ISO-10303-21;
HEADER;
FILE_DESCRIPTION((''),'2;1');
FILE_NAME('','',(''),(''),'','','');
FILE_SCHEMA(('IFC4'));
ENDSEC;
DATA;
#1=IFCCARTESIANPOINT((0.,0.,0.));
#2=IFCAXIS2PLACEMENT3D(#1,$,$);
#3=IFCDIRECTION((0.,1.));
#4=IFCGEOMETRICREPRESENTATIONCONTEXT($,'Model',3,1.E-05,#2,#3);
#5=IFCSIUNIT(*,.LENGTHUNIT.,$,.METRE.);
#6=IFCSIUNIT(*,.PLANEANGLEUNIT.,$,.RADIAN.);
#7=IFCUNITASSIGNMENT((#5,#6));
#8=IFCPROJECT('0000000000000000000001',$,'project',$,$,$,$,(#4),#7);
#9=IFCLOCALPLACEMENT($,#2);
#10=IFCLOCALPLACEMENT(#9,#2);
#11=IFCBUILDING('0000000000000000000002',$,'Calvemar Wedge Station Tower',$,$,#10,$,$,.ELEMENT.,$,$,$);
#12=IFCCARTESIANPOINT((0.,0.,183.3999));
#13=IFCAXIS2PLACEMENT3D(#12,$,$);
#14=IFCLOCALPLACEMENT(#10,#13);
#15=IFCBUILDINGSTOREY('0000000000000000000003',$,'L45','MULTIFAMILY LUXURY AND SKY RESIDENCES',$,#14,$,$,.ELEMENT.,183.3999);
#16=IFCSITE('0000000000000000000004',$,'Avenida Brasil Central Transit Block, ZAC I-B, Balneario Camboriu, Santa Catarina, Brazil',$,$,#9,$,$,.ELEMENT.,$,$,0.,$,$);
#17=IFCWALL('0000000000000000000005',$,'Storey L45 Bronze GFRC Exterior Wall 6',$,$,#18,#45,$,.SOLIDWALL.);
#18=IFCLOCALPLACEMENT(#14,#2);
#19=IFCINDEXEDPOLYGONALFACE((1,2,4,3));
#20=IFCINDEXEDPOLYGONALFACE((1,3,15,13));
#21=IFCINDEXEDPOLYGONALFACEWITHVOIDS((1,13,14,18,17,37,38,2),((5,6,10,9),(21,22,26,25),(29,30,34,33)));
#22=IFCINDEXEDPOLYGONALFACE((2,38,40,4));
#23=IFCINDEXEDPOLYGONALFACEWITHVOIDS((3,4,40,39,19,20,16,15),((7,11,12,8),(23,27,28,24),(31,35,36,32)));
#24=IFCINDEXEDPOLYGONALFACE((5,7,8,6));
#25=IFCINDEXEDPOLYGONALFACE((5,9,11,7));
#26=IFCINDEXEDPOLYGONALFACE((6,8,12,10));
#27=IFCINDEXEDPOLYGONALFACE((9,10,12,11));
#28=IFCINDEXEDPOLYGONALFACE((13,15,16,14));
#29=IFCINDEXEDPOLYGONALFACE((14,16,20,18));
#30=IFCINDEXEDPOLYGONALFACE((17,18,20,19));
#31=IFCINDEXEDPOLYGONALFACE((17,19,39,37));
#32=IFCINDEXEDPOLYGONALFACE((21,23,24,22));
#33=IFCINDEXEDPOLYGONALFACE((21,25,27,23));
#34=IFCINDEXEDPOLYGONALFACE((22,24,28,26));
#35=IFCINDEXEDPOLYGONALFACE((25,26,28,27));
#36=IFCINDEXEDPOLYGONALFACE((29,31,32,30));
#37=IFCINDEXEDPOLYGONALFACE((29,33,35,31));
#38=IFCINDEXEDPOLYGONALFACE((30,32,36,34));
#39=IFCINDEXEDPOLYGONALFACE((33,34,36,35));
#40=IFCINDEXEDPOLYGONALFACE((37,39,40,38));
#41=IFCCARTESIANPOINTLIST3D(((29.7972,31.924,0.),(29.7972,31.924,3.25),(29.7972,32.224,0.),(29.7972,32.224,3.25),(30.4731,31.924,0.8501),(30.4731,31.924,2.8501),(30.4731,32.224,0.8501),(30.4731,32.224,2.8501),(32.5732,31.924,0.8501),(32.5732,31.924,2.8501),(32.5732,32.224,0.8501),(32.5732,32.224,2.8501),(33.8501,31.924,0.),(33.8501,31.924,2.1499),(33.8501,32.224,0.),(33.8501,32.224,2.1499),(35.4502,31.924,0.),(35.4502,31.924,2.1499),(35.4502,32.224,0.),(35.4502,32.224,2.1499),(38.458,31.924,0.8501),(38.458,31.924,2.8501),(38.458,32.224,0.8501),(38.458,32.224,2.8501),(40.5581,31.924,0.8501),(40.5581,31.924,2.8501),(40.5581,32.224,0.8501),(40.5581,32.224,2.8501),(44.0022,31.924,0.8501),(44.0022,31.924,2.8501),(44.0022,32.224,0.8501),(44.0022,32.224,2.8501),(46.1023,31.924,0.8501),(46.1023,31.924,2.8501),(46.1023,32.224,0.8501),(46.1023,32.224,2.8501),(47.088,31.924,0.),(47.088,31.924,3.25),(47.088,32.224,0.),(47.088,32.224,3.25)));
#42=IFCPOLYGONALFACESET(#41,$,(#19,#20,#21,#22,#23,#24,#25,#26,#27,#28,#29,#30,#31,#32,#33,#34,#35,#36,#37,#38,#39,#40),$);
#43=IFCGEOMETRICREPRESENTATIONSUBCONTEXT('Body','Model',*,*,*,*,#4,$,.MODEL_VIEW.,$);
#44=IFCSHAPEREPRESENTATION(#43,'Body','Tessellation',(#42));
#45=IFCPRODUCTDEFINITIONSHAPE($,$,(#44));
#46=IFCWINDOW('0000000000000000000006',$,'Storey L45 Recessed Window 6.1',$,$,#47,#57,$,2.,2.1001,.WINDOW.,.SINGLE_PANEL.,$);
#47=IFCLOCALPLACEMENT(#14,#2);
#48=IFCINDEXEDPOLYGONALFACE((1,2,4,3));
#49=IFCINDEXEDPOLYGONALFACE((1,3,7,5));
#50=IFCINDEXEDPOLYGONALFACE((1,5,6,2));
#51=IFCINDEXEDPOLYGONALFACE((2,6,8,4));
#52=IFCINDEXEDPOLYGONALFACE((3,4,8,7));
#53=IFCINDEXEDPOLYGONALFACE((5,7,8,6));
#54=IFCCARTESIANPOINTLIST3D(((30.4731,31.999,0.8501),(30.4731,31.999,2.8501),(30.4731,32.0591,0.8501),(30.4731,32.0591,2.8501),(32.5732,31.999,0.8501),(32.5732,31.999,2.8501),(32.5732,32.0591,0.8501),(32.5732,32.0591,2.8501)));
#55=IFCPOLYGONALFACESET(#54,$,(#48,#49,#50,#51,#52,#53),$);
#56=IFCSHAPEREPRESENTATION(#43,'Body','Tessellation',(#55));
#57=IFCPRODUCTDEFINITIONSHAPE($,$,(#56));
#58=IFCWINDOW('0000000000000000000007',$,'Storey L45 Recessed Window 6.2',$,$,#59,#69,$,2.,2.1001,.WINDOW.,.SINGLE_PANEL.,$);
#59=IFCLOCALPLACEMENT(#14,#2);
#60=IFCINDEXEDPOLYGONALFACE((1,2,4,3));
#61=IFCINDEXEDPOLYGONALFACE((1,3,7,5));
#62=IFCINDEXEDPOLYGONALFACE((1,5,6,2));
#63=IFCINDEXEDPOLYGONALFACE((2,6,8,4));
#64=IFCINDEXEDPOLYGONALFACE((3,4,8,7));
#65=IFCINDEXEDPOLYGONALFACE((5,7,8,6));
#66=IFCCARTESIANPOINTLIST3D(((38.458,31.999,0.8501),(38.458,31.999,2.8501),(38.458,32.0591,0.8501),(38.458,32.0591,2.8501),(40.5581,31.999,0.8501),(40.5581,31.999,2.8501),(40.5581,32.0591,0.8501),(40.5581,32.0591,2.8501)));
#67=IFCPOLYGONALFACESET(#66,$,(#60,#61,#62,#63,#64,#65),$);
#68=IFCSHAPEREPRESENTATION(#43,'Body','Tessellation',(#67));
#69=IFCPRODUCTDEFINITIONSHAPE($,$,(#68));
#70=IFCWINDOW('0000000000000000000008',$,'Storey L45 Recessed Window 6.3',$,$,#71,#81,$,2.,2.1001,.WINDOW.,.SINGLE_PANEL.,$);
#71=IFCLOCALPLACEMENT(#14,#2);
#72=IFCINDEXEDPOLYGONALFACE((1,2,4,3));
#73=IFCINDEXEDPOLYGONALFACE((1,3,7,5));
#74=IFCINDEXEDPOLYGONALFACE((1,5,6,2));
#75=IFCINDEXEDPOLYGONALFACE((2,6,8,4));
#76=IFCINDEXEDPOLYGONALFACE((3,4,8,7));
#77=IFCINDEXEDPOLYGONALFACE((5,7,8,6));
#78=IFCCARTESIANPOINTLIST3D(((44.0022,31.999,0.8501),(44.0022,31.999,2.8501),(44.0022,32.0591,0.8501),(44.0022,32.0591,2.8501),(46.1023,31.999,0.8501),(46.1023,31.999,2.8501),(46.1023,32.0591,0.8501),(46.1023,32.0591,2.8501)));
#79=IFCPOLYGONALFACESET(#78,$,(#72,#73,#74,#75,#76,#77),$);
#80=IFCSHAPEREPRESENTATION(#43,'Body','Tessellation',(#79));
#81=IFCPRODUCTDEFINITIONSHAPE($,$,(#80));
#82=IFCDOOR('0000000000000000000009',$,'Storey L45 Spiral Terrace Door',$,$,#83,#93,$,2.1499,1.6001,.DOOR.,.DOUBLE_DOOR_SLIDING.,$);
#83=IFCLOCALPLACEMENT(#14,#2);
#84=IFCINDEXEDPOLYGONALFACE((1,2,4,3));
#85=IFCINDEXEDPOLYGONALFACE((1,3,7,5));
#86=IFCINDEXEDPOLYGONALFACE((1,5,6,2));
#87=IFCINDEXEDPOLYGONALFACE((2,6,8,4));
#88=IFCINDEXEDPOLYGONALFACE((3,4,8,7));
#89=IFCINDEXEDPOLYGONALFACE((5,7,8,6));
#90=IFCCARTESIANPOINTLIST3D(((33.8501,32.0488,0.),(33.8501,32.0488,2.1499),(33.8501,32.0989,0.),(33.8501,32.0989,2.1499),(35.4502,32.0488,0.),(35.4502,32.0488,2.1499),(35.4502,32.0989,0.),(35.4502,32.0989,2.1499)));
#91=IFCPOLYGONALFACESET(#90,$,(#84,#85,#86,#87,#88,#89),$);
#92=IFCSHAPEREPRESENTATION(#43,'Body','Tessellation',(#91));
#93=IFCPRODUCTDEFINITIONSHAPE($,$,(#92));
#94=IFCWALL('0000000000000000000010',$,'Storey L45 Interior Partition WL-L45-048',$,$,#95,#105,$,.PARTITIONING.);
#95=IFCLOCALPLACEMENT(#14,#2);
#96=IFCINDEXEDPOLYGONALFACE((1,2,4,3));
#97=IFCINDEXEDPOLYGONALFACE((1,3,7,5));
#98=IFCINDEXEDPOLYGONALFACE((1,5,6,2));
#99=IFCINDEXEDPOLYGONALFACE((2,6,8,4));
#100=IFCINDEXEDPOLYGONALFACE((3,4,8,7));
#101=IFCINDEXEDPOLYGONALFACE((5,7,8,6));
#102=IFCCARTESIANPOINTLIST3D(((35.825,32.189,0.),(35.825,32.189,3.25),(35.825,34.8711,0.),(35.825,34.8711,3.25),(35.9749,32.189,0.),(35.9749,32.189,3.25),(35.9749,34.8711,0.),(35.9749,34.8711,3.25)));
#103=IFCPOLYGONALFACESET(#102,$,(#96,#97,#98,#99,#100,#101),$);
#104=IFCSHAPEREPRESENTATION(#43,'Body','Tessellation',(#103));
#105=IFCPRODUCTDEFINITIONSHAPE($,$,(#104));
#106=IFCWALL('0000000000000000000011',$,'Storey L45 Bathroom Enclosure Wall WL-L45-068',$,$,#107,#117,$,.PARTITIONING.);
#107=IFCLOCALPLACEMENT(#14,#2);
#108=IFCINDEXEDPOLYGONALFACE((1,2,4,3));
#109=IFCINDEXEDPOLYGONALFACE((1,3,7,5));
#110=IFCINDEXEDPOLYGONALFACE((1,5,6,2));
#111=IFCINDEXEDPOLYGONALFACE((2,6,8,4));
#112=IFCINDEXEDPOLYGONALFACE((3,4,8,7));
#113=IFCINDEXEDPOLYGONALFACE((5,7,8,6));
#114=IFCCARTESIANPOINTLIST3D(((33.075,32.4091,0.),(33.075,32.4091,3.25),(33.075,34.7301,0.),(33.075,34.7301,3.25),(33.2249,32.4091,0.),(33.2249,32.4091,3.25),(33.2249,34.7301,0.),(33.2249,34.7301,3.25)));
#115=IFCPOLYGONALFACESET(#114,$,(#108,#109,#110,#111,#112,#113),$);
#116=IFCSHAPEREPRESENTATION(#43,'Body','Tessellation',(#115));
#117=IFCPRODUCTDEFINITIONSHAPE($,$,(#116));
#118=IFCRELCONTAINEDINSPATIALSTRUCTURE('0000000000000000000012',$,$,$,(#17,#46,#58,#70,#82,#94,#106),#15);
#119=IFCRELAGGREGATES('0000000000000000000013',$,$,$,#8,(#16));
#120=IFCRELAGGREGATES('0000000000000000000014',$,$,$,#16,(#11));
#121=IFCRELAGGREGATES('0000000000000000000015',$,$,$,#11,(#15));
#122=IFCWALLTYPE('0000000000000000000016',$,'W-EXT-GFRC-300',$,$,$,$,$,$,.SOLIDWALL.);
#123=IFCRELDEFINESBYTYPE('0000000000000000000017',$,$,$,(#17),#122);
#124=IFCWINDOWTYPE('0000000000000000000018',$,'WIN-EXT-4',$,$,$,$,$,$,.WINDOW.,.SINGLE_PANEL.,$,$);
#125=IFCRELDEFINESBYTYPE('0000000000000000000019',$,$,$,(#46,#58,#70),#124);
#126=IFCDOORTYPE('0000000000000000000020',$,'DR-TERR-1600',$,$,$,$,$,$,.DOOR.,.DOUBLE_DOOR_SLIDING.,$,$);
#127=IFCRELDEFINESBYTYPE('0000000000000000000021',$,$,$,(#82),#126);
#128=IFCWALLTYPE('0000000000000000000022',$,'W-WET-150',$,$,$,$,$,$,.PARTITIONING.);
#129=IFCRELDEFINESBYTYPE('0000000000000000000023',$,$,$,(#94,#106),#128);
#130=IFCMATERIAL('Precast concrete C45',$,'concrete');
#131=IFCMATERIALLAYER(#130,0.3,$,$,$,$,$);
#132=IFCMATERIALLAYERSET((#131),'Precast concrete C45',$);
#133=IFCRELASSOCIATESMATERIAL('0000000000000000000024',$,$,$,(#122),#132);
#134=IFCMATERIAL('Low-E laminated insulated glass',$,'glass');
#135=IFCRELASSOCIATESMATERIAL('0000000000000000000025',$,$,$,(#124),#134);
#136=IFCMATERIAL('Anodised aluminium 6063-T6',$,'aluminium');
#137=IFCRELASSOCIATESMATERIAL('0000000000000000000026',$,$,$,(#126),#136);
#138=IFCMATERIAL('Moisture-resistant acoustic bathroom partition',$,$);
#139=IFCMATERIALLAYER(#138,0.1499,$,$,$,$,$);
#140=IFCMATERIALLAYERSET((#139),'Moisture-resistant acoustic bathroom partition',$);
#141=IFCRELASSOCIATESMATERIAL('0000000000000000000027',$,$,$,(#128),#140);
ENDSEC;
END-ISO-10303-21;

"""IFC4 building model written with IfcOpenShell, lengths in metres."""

from ifc_helpers import new_model, si_unit, direction, frame, frame_2d, origin, place, context, subcontext, project, spatial, rectangle, extrude, source, transform, mapped, material, layer, layer_set, type_object, element, fill, save


model = new_model("IFC4")

# Units and contexts
model_context = context("Model", 3, precision=1e-05, world=origin(), true_north=direction((0.0, 1.0)))
body_context = subcontext(model_context, "Body", "Model", "MODEL_VIEW")
ifc_project = project(units=[si_unit("LENGTHUNIT", "METRE"), si_unit("PLANEANGLEUNIT", "RADIAN")], contexts=[model_context])

# Site, building, storey
site_placement = place(None, origin())
site = spatial("IfcSite", under=ifc_project, at=site_placement, Name="Avenida Brasil Central Transit Block, ZAC I-B, Balneario Camboriu, Santa Catarina, Brazil", CompositionType="ELEMENT", RefElevation=0.0)
building_placement = place(site_placement, origin())
building = spatial("IfcBuilding", under=site, at=building_placement, Name="Calvemar Wedge Station Tower", CompositionType="ELEMENT")
storey_placement = place(building_placement, frame((0.0, 0.0, 183.3999)))
storey = spatial("IfcBuildingStorey", under=building, at=storey_placement, Name="L45", Description="MULTIFAMILY LUXURY AND SKY RESIDENCES", CompositionType="ELEMENT", Elevation=183.3999)

# Shared definitions
ifc_material_1 = material(Name="Anodised aluminium 6063-T6", Category="aluminium")
ifc_material_2 = material(Name="Low-E laminated insulated glass", Category="glass")

# Shared definitions
ifc_material_3 = material(Name="Precast concrete C45", Category="concrete")
ifc_layer_1 = layer(ifc_material_3, 0.3)
ifc_layer_set_1 = layer_set([ifc_layer_1], Name="Precast concrete C45")
wall_type_1 = type_object("IfcWallType", Name="W-EXT-GFRC-300", PredefinedType="SOLIDWALL", material=ifc_layer_set_1)

# Wall, openings, windows, door
wall_1_placement = place(storey_placement, frame((29.7971, 32.074, 0.0), z_axis=(0.0, 0.0, 1.0), x_axis=(1.0, 0.0, 0.0)))
wall_1 = element("IfcWall", 1, at=wall_1_placement, inside=storey, type_object=wall_type_1, Name="Storey L45 Bronze GFRC Exterior Wall 6", PredefinedType="SOLIDWALL", context=body_context, shape_type="SweptSolid", body=[
    extrude(rectangle(XDim=17.2908, YDim=0.3, at=frame_2d((8.6455, 0.0))), origin(), (0.0, 0.0, 1.0), 3.25),
])
shared_shape_1 = source(origin(), body_context, "Body", "SweptSolid", [
    extrude(rectangle(XDim=1.6001, YDim=2.1499, at=frame_2d((0.8, 1.075))), frame((0.0, 0.1602, 0.0), z_axis=(0.0, -1.0, 0.0), x_axis=(1.0, 0.0, 0.0)), (0.0, 0.0, 1.0), 0.3201),
])
opening_1_placement = place(wall_1_placement, frame((4.053, 0.0, 0.0)))
opening_1 = element("IfcOpeningElement", 2, at=opening_1_placement, cuts=wall_1, PredefinedType="OPENING", context=body_context, shape_type="MappedRepresentation", body=[
    mapped(shared_shape_1, transform((0.0, 0.0, 0.0), scale=1.0)),
])
shared_shape_2 = source(origin(), body_context, "Body", "SweptSolid", [
    extrude(rectangle(XDim=2.1001, YDim=2.0, at=frame_2d((1.05, 1.0))), frame((0.0, 0.1602, 0.0), z_axis=(0.0, -1.0, 0.0), x_axis=(1.0, 0.0, 0.0)), (0.0, 0.0, 1.0), 0.3201),
])
opening_2_placement = place(wall_1_placement, frame((0.676, 0.0, 0.8501)))
opening_2 = element("IfcOpeningElement", 3, at=opening_2_placement, cuts=wall_1, PredefinedType="OPENING", context=body_context, shape_type="MappedRepresentation", body=[
    mapped(shared_shape_2, transform((0.0, 0.0, 0.0), scale=1.0)),
])
opening_3_placement = place(wall_1_placement, frame((8.6609, 0.0, 0.8501)))
opening_3 = element("IfcOpeningElement", 4, at=opening_3_placement, cuts=wall_1, PredefinedType="OPENING", context=body_context, shape_type="MappedRepresentation", body=[
    mapped(shared_shape_2, transform((0.0, 0.0, 0.0), scale=1.0)),
])
opening_4_placement = place(wall_1_placement, frame((14.2051, 0.0, 0.8501)))
opening_4 = element("IfcOpeningElement", 5, at=opening_4_placement, cuts=wall_1, PredefinedType="OPENING", context=body_context, shape_type="MappedRepresentation", body=[
    mapped(shared_shape_2, transform((0.0, 0.0, 0.0), scale=1.0)),
])
window_type_1 = type_object("IfcWindowType", Name="WIN-EXT-4", PartitioningType="SINGLE_PANEL", PredefinedType="WINDOW", material=ifc_material_2)
shared_shape_3 = source(origin(), body_context, "Body", "SweptSolid", [
    extrude(rectangle(XDim=2.1001, YDim=2.0, at=frame_2d((1.05, 1.0))), frame((0.0, -0.0149, 0.0), z_axis=(0.0, -1.0, 0.0), x_axis=(1.0, 0.0, 0.0)), (0.0, 0.0, 1.0), 0.0601),
])
window_1_placement = place(opening_2_placement, origin())
window_1 = element("IfcWindow", 6, at=window_1_placement, inside=storey, type_object=window_type_1, Name="Storey L45 Recessed Window 6.1", OverallHeight=2.0, OverallWidth=2.1001, PartitioningType="SINGLE_PANEL", PredefinedType="WINDOW", context=body_context, shape_type="MappedRepresentation", body=[
    mapped(shared_shape_3, transform((0.0, 0.0, 0.0), scale=1.0)),
])
fill(opening_2, window_1)
window_2_placement = place(opening_3_placement, origin())
window_2 = element("IfcWindow", 7, at=window_2_placement, inside=storey, type_object=window_type_1, Name="Storey L45 Recessed Window 6.2", OverallHeight=2.0, OverallWidth=2.1001, PartitioningType="SINGLE_PANEL", PredefinedType="WINDOW", context=body_context, shape_type="MappedRepresentation", body=[
    mapped(shared_shape_3, transform((0.0, 0.0, 0.0), scale=1.0)),
])
fill(opening_3, window_2)
window_3_placement = place(opening_4_placement, origin())
window_3 = element("IfcWindow", 8, at=window_3_placement, inside=storey, type_object=window_type_1, Name="Storey L45 Recessed Window 6.3", OverallHeight=2.0, OverallWidth=2.1001, PartitioningType="SINGLE_PANEL", PredefinedType="WINDOW", context=body_context, shape_type="MappedRepresentation", body=[
    mapped(shared_shape_3, transform((0.0, 0.0, 0.0), scale=1.0)),
])
fill(opening_4, window_3)
door_type_1 = type_object("IfcDoorType", Name="DR-TERR-1600", OperationType="DOUBLE_DOOR_SLIDING", PredefinedType="DOOR", material=ifc_material_1)
shared_shape_4 = source(origin(), body_context, "Body", "SweptSolid", [
    extrude(rectangle(XDim=1.6001, YDim=2.1499, at=frame_2d((0.8, 1.075))), frame((0.0, 0.0249, 0.0), z_axis=(0.0, -1.0, 0.0), x_axis=(1.0, 0.0, 0.0)), (0.0, 0.0, 1.0), 0.05),
])
door_1_placement = place(opening_1_placement, origin())
door_1 = element("IfcDoor", 9, at=door_1_placement, inside=storey, type_object=door_type_1, Name="Storey L45 Spiral Terrace Door", OperationType="DOUBLE_DOOR_SLIDING", OverallHeight=2.1499, OverallWidth=1.6001, PredefinedType="DOOR", context=body_context, shape_type="MappedRepresentation", body=[
    mapped(shared_shape_4, transform((0.0, 0.0, 0.0), scale=1.0)),
])
fill(opening_1, door_1)

# Walls
ifc_material_4 = material(Name="Moisture-resistant acoustic bathroom partition")
ifc_layer_2 = layer(ifc_material_4, 0.1499)
ifc_layer_set_2 = layer_set([ifc_layer_2], Name="Moisture-resistant acoustic bathroom partition")
wall_type_2 = type_object("IfcWallType", Name="W-WET-150", PredefinedType="PARTITIONING", material=ifc_layer_set_2)
wall_2_placement = place(storey_placement, frame((35.8999, 34.8711, 0.0), z_axis=(0.0, 0.0, 1.0), x_axis=(0.0, -1.0, 0.0)))
element("IfcWall", 10, at=wall_2_placement, inside=storey, type_object=wall_type_2, Name="Storey L45 Interior Partition WL-L45-048", PredefinedType="PARTITIONING", context=body_context, shape_type="SweptSolid", body=[
    extrude(rectangle(XDim=2.6821, YDim=0.1499, at=frame_2d((1.3411, 0.0))), origin(), (0.0, 0.0, 1.0), 3.25),
])
wall_3_placement = place(storey_placement, frame((33.1499, 32.4089, 0.0), z_axis=(0.0, 0.0, 1.0), x_axis=(0.0, 1.0, 0.0)))
element("IfcWall", 11, at=wall_3_placement, inside=storey, type_object=wall_type_2, Name="Storey L45 Bathroom Enclosure Wall WL-L45-068", PredefinedType="PARTITIONING", context=body_context, shape_type="SweptSolid", body=[
    extrude(rectangle(XDim=2.321, YDim=0.1499, at=frame_2d((1.1606, 0.0))), origin(), (0.0, 0.0, 1.0), 3.25),
])

save(model, "model.ifc")
